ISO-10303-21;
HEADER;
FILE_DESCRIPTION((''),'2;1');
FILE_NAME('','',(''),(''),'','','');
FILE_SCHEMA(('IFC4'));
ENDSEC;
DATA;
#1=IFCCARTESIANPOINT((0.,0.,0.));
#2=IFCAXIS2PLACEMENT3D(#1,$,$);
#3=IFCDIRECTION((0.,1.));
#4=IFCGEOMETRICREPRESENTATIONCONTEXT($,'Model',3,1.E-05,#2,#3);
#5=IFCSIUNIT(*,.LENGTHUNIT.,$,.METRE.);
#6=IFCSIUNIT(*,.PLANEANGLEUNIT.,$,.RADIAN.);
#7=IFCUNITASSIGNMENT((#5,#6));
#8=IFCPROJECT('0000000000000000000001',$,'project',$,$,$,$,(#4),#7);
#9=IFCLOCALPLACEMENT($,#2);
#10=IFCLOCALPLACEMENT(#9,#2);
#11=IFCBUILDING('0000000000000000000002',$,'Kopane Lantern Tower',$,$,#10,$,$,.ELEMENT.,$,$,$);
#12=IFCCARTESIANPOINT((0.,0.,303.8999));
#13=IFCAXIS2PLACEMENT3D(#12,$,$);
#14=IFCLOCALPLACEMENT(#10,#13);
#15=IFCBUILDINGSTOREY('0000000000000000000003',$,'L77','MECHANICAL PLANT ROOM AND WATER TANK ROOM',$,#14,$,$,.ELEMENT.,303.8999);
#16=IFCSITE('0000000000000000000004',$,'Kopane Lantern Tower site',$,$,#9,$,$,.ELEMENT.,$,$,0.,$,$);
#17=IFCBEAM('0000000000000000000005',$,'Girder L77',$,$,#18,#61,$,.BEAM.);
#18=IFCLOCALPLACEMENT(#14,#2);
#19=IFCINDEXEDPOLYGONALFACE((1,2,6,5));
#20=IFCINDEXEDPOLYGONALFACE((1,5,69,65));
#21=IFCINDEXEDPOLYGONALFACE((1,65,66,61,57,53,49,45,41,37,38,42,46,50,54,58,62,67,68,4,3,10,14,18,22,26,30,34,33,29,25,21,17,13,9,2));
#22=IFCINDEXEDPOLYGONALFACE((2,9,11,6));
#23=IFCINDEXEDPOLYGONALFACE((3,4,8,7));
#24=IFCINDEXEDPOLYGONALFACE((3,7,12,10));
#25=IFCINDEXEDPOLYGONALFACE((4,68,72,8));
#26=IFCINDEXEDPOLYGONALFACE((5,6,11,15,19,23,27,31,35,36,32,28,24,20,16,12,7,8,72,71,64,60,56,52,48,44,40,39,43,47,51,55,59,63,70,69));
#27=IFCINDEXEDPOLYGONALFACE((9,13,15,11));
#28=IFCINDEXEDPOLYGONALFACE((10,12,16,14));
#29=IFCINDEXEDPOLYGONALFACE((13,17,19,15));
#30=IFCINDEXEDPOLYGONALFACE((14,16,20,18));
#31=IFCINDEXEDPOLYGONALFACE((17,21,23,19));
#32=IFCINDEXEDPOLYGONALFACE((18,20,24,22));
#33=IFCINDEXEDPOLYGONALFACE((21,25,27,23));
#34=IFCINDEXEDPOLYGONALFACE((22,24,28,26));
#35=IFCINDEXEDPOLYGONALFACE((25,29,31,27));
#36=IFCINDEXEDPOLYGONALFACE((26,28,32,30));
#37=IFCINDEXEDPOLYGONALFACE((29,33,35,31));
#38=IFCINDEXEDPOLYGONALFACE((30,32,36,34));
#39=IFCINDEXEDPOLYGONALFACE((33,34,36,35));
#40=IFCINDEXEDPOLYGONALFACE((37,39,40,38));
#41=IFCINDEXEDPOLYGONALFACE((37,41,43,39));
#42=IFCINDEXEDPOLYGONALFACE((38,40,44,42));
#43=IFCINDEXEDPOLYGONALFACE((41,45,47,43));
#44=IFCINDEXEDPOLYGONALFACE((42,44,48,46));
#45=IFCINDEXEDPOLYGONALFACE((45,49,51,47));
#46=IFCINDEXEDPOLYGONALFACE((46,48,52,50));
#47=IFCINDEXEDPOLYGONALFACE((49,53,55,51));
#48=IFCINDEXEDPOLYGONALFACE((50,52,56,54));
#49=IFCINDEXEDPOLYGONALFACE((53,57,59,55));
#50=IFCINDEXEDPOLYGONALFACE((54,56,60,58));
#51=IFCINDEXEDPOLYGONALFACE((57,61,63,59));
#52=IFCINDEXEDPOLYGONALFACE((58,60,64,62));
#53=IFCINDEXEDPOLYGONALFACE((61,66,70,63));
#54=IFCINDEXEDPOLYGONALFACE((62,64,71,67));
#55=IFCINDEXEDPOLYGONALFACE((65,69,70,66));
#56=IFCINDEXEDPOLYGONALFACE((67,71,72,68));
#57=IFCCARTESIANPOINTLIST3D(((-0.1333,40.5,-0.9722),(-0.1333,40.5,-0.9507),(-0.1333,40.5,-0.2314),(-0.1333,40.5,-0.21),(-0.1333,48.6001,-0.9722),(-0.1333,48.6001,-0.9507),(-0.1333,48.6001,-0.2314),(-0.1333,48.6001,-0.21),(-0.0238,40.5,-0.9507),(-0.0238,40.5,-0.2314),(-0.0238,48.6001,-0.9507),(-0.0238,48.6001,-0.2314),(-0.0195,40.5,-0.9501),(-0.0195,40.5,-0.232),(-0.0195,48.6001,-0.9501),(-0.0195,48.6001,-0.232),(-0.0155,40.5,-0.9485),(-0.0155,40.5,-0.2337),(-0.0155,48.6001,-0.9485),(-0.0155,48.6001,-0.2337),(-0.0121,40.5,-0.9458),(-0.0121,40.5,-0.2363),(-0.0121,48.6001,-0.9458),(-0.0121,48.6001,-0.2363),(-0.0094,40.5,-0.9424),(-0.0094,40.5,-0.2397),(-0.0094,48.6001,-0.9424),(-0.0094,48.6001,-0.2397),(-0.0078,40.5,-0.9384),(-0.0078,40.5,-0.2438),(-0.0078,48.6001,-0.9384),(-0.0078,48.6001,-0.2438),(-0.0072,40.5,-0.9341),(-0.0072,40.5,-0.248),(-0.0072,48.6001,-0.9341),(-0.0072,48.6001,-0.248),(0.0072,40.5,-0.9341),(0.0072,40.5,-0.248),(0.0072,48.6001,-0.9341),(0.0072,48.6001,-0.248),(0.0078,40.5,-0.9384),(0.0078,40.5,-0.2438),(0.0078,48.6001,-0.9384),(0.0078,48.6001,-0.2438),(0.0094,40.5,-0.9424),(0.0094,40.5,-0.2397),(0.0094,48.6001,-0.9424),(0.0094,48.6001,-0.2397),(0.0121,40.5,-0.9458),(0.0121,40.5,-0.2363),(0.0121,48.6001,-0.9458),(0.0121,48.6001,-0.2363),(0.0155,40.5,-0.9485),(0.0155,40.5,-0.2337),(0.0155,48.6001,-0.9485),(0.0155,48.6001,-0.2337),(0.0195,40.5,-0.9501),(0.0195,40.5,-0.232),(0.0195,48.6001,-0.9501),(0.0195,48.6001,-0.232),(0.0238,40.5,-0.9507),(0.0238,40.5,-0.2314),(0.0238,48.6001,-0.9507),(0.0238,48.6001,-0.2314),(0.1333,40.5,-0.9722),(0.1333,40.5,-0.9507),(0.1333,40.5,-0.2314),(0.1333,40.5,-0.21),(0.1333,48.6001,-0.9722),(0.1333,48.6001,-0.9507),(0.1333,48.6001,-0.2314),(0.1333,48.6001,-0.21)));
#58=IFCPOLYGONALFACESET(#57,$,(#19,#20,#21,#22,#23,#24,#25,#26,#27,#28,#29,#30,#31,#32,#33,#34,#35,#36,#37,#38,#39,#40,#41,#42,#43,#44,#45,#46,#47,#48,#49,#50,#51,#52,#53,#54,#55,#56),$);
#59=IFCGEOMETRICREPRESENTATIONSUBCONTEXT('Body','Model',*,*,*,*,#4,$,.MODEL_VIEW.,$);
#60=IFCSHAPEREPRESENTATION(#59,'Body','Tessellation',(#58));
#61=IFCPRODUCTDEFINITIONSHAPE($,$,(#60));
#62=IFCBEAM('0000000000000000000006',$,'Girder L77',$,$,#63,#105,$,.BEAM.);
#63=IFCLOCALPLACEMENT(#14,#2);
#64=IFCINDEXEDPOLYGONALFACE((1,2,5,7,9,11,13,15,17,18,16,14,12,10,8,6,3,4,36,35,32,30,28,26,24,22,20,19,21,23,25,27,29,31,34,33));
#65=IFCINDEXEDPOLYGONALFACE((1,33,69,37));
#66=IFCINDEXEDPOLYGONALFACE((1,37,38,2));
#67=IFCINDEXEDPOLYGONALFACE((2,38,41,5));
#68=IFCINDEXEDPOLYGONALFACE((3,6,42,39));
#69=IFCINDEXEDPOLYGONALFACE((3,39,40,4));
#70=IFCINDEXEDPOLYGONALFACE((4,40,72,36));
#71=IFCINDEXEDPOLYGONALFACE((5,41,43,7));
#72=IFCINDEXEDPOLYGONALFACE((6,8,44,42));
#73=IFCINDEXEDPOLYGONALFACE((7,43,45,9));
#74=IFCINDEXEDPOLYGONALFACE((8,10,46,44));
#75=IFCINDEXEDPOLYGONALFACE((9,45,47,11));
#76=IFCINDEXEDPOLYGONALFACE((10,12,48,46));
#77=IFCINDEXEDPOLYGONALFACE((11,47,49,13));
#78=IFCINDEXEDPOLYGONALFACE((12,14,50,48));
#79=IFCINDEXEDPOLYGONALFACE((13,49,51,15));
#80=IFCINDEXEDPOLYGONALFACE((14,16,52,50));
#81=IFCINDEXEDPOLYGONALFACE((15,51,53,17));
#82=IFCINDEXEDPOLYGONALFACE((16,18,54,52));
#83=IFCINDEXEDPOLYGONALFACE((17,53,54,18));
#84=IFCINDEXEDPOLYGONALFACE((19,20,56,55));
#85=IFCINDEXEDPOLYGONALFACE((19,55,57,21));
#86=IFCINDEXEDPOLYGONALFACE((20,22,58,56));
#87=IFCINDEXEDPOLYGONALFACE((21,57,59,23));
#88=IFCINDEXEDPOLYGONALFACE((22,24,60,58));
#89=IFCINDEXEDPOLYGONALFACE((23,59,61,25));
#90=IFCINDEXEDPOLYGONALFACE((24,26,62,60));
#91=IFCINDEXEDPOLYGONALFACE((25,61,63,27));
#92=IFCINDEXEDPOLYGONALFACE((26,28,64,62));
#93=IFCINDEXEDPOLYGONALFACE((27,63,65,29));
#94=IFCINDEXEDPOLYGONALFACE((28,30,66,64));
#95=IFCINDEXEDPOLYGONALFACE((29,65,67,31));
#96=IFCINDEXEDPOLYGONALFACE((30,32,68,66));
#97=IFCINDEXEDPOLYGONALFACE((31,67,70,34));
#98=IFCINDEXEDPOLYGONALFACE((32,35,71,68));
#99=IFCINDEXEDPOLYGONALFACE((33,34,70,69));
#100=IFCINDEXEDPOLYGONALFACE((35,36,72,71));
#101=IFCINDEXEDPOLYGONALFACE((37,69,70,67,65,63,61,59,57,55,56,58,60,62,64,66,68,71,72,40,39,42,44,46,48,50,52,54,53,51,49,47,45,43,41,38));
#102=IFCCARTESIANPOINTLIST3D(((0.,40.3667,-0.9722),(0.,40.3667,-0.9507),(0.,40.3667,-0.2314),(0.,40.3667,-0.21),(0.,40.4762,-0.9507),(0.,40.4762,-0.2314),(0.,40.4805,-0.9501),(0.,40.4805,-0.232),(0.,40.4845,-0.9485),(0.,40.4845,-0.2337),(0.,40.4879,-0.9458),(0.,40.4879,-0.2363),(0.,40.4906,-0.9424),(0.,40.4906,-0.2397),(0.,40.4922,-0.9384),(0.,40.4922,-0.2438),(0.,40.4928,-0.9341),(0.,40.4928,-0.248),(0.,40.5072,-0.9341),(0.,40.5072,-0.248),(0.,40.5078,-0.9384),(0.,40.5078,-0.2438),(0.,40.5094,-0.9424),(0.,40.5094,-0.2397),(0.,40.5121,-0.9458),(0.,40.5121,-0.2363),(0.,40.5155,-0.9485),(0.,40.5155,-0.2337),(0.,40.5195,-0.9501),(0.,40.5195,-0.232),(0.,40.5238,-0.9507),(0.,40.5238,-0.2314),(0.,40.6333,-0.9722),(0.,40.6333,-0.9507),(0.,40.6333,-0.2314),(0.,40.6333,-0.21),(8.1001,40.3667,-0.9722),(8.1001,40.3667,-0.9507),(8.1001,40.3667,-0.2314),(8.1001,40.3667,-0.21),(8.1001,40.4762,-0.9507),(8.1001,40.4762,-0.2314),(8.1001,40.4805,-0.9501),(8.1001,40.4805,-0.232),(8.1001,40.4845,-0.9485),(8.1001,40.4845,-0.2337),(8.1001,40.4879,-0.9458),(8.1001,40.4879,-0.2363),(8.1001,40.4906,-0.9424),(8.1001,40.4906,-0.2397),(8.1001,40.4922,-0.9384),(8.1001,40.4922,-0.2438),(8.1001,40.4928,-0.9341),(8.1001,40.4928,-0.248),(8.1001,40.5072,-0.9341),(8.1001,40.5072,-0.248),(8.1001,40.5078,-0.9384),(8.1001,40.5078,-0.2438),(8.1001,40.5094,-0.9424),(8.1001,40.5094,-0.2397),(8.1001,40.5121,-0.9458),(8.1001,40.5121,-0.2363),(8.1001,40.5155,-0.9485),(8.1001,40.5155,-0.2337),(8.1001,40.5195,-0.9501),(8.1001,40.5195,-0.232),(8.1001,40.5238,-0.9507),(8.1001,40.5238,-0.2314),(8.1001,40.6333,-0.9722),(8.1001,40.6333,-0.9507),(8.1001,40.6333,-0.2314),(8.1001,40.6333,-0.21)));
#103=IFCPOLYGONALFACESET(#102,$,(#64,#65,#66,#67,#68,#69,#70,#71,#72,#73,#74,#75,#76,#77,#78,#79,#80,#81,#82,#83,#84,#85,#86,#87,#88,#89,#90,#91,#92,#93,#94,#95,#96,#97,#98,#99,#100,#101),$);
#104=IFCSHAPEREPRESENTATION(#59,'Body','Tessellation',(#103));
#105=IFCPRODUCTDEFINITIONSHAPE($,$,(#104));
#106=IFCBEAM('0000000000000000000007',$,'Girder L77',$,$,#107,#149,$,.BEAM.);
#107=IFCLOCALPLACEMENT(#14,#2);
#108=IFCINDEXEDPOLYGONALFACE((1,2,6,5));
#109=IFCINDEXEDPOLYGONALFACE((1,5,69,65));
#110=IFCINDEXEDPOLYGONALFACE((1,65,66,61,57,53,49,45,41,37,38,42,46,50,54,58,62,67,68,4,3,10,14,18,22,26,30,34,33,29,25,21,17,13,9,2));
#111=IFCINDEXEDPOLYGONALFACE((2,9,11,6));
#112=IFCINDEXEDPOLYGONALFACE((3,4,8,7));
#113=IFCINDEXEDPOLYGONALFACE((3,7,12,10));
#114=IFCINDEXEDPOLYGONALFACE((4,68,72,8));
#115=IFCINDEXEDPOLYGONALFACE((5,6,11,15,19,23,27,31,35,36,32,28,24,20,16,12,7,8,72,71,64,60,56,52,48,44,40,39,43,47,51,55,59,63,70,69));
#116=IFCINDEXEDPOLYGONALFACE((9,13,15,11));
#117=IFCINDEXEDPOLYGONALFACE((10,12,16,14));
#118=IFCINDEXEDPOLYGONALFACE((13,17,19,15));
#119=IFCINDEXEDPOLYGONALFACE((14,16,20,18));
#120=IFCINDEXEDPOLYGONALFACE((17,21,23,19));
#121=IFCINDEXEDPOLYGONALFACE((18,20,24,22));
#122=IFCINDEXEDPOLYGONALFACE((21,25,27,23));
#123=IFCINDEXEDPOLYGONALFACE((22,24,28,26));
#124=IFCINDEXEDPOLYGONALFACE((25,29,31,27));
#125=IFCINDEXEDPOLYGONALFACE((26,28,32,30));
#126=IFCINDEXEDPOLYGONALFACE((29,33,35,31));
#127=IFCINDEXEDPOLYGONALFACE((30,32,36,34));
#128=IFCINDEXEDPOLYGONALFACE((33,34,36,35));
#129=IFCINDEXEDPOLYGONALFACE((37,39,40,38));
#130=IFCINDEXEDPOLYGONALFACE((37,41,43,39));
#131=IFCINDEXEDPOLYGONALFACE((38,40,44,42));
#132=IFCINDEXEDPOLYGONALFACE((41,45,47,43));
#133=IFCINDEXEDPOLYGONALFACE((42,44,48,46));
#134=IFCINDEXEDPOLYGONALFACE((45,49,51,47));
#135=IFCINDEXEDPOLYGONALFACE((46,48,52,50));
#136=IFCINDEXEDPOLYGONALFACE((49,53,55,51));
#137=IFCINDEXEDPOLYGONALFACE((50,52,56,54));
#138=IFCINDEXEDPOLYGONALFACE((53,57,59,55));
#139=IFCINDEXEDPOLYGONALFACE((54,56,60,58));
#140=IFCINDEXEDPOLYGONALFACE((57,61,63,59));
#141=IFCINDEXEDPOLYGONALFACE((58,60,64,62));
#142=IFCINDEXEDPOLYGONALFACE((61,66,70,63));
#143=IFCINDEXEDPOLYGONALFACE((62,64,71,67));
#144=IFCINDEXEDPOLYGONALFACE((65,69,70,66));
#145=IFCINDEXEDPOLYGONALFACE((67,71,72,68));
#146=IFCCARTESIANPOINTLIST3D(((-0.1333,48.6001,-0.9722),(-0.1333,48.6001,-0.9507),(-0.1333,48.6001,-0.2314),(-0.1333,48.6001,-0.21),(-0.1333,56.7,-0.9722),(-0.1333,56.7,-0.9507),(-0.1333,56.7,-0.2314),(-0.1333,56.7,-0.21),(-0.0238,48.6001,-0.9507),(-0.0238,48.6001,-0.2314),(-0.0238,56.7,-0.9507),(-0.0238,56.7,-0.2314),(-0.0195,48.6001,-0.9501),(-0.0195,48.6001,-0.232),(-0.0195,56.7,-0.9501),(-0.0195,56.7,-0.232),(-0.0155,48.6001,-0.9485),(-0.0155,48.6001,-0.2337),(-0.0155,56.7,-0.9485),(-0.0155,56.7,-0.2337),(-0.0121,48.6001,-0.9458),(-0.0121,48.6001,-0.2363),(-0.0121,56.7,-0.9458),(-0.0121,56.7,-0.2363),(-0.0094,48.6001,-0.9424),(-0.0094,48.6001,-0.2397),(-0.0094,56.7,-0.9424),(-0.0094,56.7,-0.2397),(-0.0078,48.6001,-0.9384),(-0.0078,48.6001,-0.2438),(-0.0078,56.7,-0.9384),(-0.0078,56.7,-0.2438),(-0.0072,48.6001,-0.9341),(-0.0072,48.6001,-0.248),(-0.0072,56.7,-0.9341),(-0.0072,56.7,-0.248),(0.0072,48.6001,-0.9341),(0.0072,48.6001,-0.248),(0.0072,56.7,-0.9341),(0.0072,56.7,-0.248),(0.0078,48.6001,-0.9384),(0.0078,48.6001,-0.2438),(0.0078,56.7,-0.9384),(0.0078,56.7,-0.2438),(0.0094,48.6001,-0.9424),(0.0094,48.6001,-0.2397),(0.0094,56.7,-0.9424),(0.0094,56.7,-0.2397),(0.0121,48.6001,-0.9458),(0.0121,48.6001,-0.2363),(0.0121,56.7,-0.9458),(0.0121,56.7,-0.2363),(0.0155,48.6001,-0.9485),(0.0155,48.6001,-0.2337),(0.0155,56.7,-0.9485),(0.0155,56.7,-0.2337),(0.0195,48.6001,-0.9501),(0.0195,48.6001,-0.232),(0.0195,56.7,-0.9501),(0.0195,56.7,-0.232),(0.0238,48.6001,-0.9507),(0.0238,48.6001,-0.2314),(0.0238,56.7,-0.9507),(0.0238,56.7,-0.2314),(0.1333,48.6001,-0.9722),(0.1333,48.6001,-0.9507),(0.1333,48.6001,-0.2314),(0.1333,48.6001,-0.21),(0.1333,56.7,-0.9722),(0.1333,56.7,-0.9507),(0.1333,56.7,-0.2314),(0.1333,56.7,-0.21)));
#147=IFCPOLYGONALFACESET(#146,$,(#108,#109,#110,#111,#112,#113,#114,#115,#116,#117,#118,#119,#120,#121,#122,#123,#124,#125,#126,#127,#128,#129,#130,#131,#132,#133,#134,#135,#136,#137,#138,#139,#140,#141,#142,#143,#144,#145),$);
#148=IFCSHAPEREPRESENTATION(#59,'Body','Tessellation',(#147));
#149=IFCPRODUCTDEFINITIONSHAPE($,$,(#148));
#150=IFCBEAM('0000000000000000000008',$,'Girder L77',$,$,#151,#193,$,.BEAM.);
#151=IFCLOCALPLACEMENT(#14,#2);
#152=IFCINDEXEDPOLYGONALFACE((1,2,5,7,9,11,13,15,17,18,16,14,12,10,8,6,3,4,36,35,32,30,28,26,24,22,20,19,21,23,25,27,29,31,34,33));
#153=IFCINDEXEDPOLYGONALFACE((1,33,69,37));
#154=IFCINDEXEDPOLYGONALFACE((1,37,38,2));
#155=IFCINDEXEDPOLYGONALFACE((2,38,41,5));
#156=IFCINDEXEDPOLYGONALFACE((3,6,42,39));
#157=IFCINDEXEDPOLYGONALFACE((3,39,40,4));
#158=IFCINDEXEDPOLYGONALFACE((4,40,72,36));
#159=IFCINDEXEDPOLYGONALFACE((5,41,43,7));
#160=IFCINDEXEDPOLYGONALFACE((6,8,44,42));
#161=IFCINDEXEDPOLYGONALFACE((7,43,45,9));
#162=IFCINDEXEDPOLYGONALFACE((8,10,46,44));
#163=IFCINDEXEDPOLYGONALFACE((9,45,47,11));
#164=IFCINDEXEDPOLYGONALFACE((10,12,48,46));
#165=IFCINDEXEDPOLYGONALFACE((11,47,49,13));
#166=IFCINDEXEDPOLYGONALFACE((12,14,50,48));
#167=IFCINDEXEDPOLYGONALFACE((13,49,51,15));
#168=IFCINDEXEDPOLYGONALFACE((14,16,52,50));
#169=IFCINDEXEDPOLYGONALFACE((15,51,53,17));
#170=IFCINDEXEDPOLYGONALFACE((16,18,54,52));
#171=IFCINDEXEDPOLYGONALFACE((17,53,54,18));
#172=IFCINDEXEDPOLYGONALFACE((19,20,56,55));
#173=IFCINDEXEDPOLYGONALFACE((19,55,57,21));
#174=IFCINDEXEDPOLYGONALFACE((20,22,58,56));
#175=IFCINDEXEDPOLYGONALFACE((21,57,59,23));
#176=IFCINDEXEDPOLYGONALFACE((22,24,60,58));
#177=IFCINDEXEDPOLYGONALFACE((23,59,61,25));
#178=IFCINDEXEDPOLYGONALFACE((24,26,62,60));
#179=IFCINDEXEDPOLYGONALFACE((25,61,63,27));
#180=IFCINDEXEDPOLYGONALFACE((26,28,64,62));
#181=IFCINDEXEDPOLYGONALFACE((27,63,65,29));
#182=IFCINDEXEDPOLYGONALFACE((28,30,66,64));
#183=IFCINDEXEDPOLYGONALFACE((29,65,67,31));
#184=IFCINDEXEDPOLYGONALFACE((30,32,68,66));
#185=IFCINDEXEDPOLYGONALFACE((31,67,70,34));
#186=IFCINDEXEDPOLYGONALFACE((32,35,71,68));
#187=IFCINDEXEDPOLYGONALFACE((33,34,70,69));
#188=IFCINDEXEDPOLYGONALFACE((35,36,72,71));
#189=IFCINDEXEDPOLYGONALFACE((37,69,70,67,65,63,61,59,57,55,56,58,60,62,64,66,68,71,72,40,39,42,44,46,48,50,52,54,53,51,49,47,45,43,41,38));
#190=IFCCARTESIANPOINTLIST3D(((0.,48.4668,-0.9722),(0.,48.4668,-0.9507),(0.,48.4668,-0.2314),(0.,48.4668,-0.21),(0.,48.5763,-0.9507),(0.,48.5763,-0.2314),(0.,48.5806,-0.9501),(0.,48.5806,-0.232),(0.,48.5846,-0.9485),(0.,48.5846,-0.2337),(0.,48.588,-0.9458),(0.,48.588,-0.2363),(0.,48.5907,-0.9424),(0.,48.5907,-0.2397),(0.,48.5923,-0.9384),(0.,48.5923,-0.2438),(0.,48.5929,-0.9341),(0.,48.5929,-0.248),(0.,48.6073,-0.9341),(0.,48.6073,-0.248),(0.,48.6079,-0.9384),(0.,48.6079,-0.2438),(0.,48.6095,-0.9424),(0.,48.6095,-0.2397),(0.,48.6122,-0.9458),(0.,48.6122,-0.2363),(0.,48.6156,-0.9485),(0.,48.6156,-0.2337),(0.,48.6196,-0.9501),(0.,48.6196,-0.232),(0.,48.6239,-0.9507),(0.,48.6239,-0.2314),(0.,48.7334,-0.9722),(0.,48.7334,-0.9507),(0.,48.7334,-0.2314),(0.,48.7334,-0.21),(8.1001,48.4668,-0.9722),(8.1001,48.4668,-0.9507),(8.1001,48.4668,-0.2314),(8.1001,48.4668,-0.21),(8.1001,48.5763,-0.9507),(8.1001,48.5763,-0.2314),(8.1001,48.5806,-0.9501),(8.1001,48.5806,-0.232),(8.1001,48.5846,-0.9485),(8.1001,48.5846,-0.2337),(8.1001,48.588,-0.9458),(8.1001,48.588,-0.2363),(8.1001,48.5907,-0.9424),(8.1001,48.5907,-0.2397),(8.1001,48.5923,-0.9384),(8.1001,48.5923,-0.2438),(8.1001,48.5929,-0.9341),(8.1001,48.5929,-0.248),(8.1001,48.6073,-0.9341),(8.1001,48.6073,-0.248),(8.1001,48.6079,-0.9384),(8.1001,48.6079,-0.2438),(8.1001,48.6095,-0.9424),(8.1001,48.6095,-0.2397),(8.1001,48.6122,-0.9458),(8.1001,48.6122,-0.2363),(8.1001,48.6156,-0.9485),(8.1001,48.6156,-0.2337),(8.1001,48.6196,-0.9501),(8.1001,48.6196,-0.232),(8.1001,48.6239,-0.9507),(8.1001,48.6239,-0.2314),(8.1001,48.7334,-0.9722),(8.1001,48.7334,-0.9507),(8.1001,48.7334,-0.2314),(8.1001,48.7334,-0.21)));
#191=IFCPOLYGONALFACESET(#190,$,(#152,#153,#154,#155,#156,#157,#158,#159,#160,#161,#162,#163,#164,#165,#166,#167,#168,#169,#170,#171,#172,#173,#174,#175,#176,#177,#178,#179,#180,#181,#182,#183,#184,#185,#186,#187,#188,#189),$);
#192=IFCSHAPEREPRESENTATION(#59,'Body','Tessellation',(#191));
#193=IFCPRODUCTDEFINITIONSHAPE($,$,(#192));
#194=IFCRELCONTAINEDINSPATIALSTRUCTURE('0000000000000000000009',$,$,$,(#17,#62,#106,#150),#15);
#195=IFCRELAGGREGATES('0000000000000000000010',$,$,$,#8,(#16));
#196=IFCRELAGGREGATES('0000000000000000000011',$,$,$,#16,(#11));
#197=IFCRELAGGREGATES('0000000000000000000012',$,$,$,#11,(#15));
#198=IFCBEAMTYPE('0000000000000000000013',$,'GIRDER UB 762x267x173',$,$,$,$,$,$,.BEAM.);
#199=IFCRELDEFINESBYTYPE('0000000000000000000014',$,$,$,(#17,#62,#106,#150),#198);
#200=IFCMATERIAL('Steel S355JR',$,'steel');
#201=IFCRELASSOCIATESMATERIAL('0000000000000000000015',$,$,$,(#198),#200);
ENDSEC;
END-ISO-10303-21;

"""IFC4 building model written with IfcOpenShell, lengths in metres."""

from ifc_helpers import new_model, si_unit, direction, frame, origin, origin_2d, place, context, subcontext, project, spatial, i_section, extrude, material, material_profile, profile_set, type_object, element, save


model = new_model("IFC4")

# Units and contexts
model_context = context("Model", 3, precision=1e-05, world=origin(), true_north=direction((0.0, 1.0)))
body_context = subcontext(model_context, "Body", "Model", "MODEL_VIEW")
ifc_project = project(units=[si_unit("LENGTHUNIT", "METRE"), si_unit("PLANEANGLEUNIT", "RADIAN")], contexts=[model_context])

# Site, building, storey
site_placement = place(None, origin())
site = spatial("IfcSite", under=ifc_project, at=site_placement, Name="Kopane Lantern Tower site", CompositionType="ELEMENT", RefElevation=0.0)
building_placement = place(site_placement, origin())
building = spatial("IfcBuilding", under=site, at=building_placement, Name="Kopane Lantern Tower", CompositionType="ELEMENT")
storey_placement = place(building_placement, frame((0.0, 0.0, 303.8999)))
storey = spatial("IfcBuildingStorey", under=building, at=storey_placement, Name="L77", Description="MECHANICAL PLANT ROOM AND WATER TANK ROOM", CompositionType="ELEMENT", Elevation=303.8999)

# Beams
ifc_material_1 = material(Name="Steel S355JR", Category="steel")
ifc_material_profile_1 = material_profile(ifc_material_1, i_section(OverallWidth=0.2666, OverallDepth=0.7622, WebThickness=0.0144, FlangeThickness=0.0215, FilletRadius=0.0166, at=origin_2d()), Name="UB 762x267x173")
ifc_profile_set_1 = profile_set([ifc_material_profile_1], Name="Steel S355JR")
beam_type = type_object("IfcBeamType", Name="GIRDER UB 762x267x173", PredefinedType="BEAM", material=ifc_profile_set_1)
for number, where, z_axis, x_axis, name in (
    (1, (0.0, 40.5, -0.5911), (0.0, 1.0, 0.0), (-1.0, 0.0, 0.0), "Girder L77"),
    (2, (0.0, 40.5, -0.5911), (1.0, 0.0, 0.0), (0.0, 1.0, 0.0), "Girder L77"),
):
    element("IfcBeam", number, at=place(storey_placement, frame(where, z_axis=z_axis, x_axis=x_axis)), inside=storey, type_object=beam_type, Name=name, PredefinedType="BEAM", context=body_context, shape_type="SweptSolid", body=[
        extrude(i_section(OverallWidth=0.2666, OverallDepth=0.7622, WebThickness=0.0144, FlangeThickness=0.0215, FilletRadius=0.0166, at=origin_2d()), origin(), (0.0, 0.0, 1.0), 8.1001),
    ])
beam_placement = place(storey_placement, frame((0.0, 48.6001, -0.5911), z_axis=(0.0, 1.0, 0.0), x_axis=(-1.0, 0.0, 0.0)))
element("IfcBeam", 3, at=beam_placement, inside=storey, type_object=beam_type, Name="Girder L77", PredefinedType="BEAM", context=body_context, shape_type="SweptSolid", body=[
    extrude(i_section(OverallWidth=0.2666, OverallDepth=0.7622, WebThickness=0.0144, FlangeThickness=0.0215, FilletRadius=0.0166, at=origin_2d()), origin(), (0.0, 0.0, 1.0), 8.0999),
])
for number, where, z_axis, x_axis, name in (
    (4, (0.0, 48.6001, -0.5911), (1.0, 0.0, 0.0), (0.0, 1.0, 0.0), "Girder L77"),
):
    element("IfcBeam", number, at=place(storey_placement, frame(where, z_axis=z_axis, x_axis=x_axis)), inside=storey, type_object=beam_type, Name=name, PredefinedType="BEAM", context=body_context, shape_type="SweptSolid", body=[
        extrude(i_section(OverallWidth=0.2666, OverallDepth=0.7622, WebThickness=0.0144, FlangeThickness=0.0215, FilletRadius=0.0166, at=origin_2d()), origin(), (0.0, 0.0, 1.0), 8.1001),
    ])

save(model, "model.ifc")
